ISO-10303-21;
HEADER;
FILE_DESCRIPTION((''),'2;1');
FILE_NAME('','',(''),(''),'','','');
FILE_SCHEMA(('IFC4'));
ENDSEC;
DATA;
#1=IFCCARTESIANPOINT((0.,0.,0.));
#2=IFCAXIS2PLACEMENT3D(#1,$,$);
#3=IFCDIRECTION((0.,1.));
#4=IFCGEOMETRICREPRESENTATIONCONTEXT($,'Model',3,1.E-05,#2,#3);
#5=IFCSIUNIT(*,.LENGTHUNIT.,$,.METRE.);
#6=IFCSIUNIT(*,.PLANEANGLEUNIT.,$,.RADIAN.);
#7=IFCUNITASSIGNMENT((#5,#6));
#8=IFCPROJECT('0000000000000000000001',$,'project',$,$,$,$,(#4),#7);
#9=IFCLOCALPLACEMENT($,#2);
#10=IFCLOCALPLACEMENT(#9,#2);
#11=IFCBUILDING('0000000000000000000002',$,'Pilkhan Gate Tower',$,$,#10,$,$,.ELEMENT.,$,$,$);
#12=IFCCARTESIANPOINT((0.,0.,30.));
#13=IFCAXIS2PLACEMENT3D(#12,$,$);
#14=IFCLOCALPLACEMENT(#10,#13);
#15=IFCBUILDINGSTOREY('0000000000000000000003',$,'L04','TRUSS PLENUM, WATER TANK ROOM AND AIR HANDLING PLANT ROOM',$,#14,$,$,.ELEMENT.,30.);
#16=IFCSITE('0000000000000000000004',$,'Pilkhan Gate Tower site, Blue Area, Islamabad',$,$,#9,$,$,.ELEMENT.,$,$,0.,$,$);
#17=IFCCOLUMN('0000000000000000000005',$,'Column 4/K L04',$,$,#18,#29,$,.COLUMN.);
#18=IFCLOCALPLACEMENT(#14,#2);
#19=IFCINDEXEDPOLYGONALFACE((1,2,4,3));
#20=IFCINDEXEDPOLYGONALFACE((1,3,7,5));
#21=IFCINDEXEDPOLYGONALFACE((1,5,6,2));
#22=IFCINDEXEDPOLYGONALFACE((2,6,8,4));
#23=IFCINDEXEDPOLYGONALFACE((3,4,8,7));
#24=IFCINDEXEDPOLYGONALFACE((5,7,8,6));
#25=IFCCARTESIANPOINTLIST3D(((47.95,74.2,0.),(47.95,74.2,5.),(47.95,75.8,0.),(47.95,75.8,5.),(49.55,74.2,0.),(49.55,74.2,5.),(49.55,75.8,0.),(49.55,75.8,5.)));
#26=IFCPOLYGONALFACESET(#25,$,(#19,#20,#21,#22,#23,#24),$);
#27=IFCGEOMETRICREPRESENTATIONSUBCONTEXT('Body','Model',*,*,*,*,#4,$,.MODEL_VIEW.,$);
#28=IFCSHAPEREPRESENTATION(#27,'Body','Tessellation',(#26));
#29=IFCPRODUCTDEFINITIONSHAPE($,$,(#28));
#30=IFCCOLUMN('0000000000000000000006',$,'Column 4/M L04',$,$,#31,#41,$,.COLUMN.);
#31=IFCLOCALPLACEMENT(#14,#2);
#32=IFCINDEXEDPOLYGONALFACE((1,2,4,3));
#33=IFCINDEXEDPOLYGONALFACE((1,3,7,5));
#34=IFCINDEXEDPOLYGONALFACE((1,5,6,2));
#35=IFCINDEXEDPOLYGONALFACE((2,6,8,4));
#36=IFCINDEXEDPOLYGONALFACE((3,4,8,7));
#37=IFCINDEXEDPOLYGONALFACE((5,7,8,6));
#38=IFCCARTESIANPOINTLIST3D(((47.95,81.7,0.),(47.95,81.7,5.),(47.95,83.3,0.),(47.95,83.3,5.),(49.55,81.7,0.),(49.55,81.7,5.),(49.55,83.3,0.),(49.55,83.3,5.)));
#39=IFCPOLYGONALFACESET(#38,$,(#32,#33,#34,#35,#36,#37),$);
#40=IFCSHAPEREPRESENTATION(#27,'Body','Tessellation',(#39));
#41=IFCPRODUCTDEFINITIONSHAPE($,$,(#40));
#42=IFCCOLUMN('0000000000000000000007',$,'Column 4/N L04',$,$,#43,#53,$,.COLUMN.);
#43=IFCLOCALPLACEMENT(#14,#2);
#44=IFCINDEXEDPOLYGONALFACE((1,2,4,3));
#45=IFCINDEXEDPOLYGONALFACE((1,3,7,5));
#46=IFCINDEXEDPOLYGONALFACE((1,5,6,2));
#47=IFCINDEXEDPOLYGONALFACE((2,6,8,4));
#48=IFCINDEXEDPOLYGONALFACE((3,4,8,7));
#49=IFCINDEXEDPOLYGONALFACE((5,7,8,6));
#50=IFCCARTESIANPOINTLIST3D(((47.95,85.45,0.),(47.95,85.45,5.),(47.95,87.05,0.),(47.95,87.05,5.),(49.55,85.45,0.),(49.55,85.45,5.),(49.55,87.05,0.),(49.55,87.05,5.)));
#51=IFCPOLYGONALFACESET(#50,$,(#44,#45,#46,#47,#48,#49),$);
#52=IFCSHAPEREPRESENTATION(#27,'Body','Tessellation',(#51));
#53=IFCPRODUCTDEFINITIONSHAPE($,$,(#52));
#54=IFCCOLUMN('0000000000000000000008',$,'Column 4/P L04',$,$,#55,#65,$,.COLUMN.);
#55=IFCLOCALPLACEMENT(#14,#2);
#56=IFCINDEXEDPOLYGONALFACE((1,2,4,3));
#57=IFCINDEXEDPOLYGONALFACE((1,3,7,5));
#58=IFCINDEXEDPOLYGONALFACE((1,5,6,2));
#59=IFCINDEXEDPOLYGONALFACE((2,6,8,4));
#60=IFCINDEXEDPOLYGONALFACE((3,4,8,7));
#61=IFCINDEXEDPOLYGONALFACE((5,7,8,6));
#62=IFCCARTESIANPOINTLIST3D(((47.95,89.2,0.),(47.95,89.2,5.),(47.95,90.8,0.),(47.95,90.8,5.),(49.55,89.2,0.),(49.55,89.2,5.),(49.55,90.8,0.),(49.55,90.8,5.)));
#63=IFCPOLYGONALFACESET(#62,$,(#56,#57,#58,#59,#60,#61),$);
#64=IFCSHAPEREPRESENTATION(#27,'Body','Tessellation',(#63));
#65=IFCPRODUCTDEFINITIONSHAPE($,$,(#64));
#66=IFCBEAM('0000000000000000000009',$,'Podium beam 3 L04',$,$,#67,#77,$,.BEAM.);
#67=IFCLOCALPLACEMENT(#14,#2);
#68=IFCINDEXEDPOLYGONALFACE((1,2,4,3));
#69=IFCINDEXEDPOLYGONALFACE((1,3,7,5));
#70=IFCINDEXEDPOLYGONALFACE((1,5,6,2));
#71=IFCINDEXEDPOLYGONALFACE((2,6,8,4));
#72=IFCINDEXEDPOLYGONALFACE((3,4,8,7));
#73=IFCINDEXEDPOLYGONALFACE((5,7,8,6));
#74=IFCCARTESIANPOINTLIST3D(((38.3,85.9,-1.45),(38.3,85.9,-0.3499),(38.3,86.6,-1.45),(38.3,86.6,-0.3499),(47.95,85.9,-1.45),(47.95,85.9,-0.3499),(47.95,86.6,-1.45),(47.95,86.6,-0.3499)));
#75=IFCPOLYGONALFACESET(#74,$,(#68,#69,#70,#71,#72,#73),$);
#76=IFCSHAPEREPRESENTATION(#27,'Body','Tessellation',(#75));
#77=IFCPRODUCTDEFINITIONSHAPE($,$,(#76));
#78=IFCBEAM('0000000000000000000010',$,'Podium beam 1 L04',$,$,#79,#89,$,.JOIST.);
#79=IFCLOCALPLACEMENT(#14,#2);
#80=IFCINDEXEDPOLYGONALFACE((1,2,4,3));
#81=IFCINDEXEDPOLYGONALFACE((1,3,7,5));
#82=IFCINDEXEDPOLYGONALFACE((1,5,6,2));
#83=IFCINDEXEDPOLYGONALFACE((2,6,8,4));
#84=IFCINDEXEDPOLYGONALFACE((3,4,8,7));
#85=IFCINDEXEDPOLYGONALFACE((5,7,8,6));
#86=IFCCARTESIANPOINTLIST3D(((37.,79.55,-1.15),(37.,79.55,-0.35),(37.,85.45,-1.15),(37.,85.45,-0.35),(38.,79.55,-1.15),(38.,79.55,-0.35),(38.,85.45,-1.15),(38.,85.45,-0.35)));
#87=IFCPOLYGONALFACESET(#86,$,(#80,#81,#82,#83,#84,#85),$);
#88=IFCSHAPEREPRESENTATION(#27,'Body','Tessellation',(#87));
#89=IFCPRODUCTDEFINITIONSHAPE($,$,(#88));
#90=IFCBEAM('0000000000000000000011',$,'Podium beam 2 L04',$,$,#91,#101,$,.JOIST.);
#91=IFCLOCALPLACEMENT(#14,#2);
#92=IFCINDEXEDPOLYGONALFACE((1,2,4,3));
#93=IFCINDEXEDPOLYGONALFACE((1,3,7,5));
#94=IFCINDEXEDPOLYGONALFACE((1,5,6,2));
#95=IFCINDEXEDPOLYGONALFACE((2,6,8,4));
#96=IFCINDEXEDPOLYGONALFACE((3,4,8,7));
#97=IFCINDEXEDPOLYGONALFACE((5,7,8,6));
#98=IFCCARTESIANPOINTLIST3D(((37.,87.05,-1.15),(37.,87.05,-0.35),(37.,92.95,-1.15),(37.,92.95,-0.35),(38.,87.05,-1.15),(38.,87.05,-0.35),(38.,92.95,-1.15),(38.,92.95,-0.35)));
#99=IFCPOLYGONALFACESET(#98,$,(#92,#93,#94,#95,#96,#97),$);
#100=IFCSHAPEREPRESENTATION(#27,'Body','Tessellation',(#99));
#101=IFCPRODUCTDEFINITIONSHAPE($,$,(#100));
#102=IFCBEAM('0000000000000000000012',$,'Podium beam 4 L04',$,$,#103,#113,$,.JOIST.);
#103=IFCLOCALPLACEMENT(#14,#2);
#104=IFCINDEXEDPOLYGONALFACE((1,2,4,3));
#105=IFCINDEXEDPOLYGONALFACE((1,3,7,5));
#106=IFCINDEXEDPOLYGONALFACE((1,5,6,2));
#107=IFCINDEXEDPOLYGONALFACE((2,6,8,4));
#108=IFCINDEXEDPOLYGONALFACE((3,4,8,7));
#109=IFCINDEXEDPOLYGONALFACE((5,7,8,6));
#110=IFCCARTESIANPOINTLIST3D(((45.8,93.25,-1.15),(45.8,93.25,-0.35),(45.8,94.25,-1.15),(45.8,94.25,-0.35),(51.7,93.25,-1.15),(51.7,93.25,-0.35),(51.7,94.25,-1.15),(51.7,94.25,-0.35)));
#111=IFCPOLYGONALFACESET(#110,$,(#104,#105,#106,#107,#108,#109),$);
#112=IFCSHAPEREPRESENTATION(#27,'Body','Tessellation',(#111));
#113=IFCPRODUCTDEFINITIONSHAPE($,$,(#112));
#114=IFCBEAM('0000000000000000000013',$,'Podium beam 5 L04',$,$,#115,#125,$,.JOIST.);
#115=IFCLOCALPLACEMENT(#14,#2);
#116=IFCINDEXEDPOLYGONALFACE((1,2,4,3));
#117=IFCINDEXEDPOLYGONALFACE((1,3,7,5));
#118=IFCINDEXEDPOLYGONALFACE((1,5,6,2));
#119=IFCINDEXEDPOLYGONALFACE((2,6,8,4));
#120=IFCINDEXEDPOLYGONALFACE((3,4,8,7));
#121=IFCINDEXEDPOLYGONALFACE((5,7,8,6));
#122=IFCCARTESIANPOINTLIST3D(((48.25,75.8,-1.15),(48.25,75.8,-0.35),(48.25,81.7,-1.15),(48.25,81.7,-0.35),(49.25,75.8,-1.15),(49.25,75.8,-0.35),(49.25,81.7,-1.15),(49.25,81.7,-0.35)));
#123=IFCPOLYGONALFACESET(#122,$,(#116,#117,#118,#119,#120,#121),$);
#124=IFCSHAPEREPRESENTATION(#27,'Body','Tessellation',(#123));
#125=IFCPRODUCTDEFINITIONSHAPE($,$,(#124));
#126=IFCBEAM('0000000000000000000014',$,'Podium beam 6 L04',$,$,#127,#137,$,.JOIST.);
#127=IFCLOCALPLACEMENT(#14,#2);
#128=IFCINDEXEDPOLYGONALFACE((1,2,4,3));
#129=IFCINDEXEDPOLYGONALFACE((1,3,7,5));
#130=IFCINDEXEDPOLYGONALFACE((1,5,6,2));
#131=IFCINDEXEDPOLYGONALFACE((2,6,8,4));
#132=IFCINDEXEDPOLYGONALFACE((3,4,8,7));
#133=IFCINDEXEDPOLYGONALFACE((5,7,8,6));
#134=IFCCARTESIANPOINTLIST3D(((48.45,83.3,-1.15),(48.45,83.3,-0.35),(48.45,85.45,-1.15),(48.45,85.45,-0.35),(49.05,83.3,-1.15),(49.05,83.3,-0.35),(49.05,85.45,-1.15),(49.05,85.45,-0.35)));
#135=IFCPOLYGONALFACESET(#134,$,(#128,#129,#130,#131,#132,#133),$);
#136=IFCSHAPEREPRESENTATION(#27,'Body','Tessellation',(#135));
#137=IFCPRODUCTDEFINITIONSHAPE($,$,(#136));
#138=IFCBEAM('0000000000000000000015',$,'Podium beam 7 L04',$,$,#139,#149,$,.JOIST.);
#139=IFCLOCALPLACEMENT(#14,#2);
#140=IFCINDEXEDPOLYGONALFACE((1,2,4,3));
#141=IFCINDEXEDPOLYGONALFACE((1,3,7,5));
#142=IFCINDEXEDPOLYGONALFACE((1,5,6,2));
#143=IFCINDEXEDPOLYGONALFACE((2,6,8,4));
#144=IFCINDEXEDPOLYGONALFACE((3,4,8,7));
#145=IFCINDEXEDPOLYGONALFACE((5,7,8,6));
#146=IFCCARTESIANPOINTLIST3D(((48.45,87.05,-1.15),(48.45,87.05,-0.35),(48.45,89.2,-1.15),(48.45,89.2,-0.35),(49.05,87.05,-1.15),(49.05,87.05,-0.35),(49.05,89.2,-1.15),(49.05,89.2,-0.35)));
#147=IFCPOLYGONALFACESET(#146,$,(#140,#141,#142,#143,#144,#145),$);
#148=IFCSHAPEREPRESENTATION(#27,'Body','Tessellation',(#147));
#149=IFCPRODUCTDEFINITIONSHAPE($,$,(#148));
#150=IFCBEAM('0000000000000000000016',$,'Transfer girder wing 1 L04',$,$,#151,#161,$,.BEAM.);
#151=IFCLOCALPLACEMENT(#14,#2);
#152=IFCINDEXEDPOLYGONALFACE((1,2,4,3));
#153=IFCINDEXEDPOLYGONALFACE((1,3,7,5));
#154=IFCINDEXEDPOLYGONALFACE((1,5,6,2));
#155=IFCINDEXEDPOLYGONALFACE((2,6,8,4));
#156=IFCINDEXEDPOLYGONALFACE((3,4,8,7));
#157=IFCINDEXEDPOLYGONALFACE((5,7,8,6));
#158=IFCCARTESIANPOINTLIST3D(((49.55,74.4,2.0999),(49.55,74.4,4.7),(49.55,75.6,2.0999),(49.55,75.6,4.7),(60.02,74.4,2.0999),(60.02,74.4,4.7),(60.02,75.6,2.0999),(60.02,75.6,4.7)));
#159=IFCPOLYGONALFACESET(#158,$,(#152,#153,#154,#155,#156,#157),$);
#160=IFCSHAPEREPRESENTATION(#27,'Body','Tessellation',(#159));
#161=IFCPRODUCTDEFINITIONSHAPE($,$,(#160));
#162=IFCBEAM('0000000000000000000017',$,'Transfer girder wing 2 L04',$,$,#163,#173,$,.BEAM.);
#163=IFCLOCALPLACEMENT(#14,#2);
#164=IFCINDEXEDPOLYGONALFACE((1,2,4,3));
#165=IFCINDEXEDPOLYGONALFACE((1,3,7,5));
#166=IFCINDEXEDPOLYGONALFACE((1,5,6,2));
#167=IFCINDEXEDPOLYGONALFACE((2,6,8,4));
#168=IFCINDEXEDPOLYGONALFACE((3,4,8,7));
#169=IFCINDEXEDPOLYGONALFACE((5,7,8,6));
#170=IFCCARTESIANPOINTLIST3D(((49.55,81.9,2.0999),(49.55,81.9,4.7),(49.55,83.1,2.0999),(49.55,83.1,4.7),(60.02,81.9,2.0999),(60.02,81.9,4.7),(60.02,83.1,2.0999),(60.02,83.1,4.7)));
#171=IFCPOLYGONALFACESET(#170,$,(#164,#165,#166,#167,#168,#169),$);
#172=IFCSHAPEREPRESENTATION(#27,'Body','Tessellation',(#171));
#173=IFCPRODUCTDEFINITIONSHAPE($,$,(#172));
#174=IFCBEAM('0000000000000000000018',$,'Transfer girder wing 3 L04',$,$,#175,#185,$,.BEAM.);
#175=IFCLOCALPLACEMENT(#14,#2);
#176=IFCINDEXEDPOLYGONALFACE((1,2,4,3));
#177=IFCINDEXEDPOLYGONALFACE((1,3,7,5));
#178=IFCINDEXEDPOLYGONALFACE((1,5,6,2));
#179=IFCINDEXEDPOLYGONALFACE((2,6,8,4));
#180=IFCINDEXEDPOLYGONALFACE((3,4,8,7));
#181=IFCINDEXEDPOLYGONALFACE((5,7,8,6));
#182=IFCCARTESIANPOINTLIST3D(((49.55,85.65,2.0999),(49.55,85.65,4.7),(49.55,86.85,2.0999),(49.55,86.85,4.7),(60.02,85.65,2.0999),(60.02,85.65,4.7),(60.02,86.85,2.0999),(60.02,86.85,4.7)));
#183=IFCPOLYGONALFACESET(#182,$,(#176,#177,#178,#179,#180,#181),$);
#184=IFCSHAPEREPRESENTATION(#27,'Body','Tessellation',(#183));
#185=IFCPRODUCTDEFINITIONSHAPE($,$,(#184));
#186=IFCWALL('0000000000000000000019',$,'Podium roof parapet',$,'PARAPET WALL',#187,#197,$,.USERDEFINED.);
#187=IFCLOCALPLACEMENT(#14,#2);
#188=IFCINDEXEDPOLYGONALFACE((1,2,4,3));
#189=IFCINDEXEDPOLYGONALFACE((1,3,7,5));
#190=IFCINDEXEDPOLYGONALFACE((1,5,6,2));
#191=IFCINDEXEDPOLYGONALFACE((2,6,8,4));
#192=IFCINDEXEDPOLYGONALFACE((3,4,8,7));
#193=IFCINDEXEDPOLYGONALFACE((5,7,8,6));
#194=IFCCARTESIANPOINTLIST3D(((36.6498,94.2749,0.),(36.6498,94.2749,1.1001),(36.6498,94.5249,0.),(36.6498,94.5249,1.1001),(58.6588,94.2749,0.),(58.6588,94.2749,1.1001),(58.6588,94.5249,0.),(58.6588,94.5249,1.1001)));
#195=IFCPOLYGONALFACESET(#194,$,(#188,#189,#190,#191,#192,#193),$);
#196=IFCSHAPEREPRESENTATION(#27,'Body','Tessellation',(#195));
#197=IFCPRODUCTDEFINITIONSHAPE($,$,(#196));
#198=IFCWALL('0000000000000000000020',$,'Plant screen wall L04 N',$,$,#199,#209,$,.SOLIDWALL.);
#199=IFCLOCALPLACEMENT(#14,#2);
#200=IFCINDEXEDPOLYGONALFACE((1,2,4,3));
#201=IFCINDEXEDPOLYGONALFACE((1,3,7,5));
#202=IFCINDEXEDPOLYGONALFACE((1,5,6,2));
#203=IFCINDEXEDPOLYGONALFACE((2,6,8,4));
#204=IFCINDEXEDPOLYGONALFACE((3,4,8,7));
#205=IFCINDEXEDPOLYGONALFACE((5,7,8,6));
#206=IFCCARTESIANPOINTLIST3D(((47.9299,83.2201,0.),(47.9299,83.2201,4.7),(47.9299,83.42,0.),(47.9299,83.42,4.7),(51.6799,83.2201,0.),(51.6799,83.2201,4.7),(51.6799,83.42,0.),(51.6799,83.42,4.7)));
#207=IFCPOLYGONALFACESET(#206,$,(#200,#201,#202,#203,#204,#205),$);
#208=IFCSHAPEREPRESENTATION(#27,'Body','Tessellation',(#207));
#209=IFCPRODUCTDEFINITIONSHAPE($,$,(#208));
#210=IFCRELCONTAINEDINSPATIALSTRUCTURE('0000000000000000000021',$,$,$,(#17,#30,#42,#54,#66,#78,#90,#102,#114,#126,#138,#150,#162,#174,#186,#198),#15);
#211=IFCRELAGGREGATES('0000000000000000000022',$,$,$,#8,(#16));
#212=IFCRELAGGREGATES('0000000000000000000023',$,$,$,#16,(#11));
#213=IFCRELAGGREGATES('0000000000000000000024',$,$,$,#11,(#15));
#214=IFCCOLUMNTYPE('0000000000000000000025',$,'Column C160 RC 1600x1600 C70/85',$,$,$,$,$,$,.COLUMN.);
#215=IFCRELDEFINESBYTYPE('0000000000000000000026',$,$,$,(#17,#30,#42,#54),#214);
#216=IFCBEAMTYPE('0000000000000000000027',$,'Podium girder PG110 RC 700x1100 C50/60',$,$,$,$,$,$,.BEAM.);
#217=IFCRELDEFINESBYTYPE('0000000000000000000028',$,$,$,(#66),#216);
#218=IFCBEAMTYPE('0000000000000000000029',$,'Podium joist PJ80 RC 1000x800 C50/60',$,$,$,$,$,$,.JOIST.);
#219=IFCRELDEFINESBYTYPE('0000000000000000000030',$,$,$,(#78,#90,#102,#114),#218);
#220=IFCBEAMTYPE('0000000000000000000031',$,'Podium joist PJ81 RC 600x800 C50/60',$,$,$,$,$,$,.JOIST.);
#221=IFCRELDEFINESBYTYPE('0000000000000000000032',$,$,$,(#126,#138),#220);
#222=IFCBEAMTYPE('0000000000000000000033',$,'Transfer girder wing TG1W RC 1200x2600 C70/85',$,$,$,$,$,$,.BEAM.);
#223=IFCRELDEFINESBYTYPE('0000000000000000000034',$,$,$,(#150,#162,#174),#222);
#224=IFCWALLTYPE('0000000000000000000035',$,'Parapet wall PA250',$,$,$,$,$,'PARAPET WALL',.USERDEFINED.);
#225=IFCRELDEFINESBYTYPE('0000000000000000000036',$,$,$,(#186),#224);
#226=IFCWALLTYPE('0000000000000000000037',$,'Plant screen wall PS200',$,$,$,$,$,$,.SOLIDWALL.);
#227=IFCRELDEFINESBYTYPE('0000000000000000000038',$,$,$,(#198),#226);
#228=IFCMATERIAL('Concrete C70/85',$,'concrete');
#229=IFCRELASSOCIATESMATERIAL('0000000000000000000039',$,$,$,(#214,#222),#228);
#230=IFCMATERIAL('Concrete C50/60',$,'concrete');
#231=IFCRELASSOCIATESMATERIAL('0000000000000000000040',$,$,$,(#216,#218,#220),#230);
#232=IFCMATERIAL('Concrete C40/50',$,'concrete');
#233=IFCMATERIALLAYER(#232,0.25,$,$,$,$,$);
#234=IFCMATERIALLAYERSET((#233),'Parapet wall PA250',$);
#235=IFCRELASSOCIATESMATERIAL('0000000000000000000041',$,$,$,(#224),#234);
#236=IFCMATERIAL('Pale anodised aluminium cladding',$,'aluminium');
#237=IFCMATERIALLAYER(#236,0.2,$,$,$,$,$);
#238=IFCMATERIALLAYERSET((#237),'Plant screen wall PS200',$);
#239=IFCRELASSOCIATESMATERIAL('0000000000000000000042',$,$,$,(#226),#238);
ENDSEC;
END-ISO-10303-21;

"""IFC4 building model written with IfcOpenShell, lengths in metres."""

from ifc_helpers import new_model, si_unit, direction, frame, frame_2d, origin, origin_2d, place, context, subcontext, project, spatial, rectangle, extrude, material, layer, layer_set, material_profile, profile_set, type_object, element, save


model = new_model("IFC4")

# Units and contexts
model_context = context("Model", 3, precision=1e-05, world=origin(), true_north=direction((0.0, 1.0)))
body_context = subcontext(model_context, "Body", "Model", "MODEL_VIEW")
ifc_project = project(units=[si_unit("LENGTHUNIT", "METRE"), si_unit("PLANEANGLEUNIT", "RADIAN")], contexts=[model_context])

# Site, building, storey
site_placement = place(None, origin())
site = spatial("IfcSite", under=ifc_project, at=site_placement, Name="Pilkhan Gate Tower site, Blue Area, Islamabad", CompositionType="ELEMENT", RefElevation=0.0)
building_placement = place(site_placement, origin())
building = spatial("IfcBuilding", under=site, at=building_placement, Name="Pilkhan Gate Tower", CompositionType="ELEMENT")
storey_placement = place(building_placement, frame((0.0, 0.0, 30.0)))
storey = spatial("IfcBuildingStorey", under=building, at=storey_placement, Name="L04", Description="TRUSS PLENUM, WATER TANK ROOM AND AIR HANDLING PLANT ROOM", CompositionType="ELEMENT", Elevation=30.0)

# Columns
ifc_material_1 = material(Name="Concrete C70/85", Category="concrete")
ifc_material_profile_1 = material_profile(ifc_material_1, rectangle(XDim=1.6001, YDim=1.6001, at=origin_2d()), Name="RC 1600x1600")
ifc_profile_set_1 = profile_set([ifc_material_profile_1], Name="Concrete C70/85")
column_type = type_object("IfcColumnType", Name="Column C160 RC 1600x1600 C70/85", PredefinedType="COLUMN", material=ifc_profile_set_1)
for number, where, z_axis, x_axis, name in (
    (1, (48.75, 75.0, 0.0), (0.0, 0.0, 1.0), (1.0, 0.0, 0.0), "Column 4/K L04"),
    (2, (48.75, 82.5, 0.0), (0.0, 0.0, 1.0), (1.0, 0.0, 0.0), "Column 4/M L04"),
    (3, (48.75, 86.25, 0.0), (0.0, 0.0, 1.0), (1.0, 0.0, 0.0), "Column 4/N L04"),
    (4, (48.75, 90.0, 0.0), (0.0, 0.0, 1.0), (1.0, 0.0, 0.0), "Column 4/P L04"),
):
    element("IfcColumn", number, at=place(storey_placement, frame(where, z_axis=z_axis, x_axis=x_axis)), inside=storey, type_object=column_type, Name=name, PredefinedType="COLUMN", context=body_context, shape_type="SweptSolid", body=[
        extrude(rectangle(XDim=1.6001, YDim=1.6001, at=origin_2d()), origin(), (0.0, 0.0, 1.0), 5.0),
    ])

# Beams
ifc_material_2 = material(Name="Concrete C50/60", Category="concrete")
ifc_material_profile_2 = material_profile(ifc_material_2, rectangle(XDim=0.7, YDim=1.1001, at=origin_2d()), Name="RC 700x1100")
ifc_profile_set_2 = profile_set([ifc_material_profile_2], Name="Concrete C50/60")
beam_type_1 = type_object("IfcBeamType", Name="Podium girder PG110 RC 700x1100 C50/60", PredefinedType="BEAM", material=ifc_profile_set_2)
beam_placement = place(storey_placement, frame((38.3, 86.25, -0.8999), z_axis=(1.0, 0.0, 0.0), x_axis=(0.0, 1.0, 0.0)))
element("IfcBeam", 5, at=beam_placement, inside=storey, type_object=beam_type_1, Name="Podium beam 3 L04", PredefinedType="BEAM", context=body_context, shape_type="SweptSolid", body=[
    extrude(rectangle(XDim=0.7, YDim=1.1001, at=origin_2d()), origin(), (0.0, 0.0, 1.0), 9.6499),
])
ifc_material_profile_3 = material_profile(ifc_material_2, rectangle(XDim=1.0, YDim=0.8, at=origin_2d()), Name="RC 1000x800")
ifc_profile_set_3 = profile_set([ifc_material_profile_3], Name="Concrete C50/60")
beam_type_2 = type_object("IfcBeamType", Name="Podium joist PJ80 RC 1000x800 C50/60", PredefinedType="JOIST", material=ifc_profile_set_3)
for number, where, z_axis, x_axis, name in (
    (6, (37.5, 79.55, -0.75), (0.0, 1.0, 0.0), (-1.0, 0.0, 0.0), "Podium beam 1 L04"),
    (7, (37.5, 87.05, -0.75), (0.0, 1.0, 0.0), (-1.0, 0.0, 0.0), "Podium beam 2 L04"),
    (8, (45.8, 93.75, -0.75), (1.0, 0.0, 0.0), (0.0, 1.0, 0.0), "Podium beam 4 L04"),
    (9, (48.75, 75.8, -0.75), (0.0, 1.0, 0.0), (-1.0, 0.0, 0.0), "Podium beam 5 L04"),
):
    element("IfcBeam", number, at=place(storey_placement, frame(where, z_axis=z_axis, x_axis=x_axis)), inside=storey, type_object=beam_type_2, Name=name, PredefinedType="JOIST", context=body_context, shape_type="SweptSolid", body=[
        extrude(rectangle(XDim=1.0, YDim=0.8, at=origin_2d()), origin(), (0.0, 0.0, 1.0), 5.8999),
    ])
ifc_material_profile_4 = material_profile(ifc_material_2, rectangle(XDim=0.6001, YDim=0.8, at=origin_2d()), Name="RC 600x800")
ifc_profile_set_4 = profile_set([ifc_material_profile_4], Name="Concrete C50/60")
beam_type_3 = type_object("IfcBeamType", Name="Podium joist PJ81 RC 600x800 C50/60", PredefinedType="JOIST", material=ifc_profile_set_4)
for number, where, z_axis, x_axis, name in (
    (10, (48.75, 83.3, -0.75), (0.0, 1.0, 0.0), (-1.0, 0.0, 0.0), "Podium beam 6 L04"),
    (11, (48.75, 87.05, -0.75), (0.0, 1.0, 0.0), (-1.0, 0.0, 0.0), "Podium beam 7 L04"),
):
    element("IfcBeam", number, at=place(storey_placement, frame(where, z_axis=z_axis, x_axis=x_axis)), inside=storey, type_object=beam_type_3, Name=name, PredefinedType="JOIST", context=body_context, shape_type="SweptSolid", body=[
        extrude(rectangle(XDim=0.6001, YDim=0.8, at=origin_2d()), origin(), (0.0, 0.0, 1.0), 2.1499),
    ])
ifc_material_profile_5 = material_profile(ifc_material_1, rectangle(XDim=1.2, YDim=2.6001, at=origin_2d()), Name="RC 1200x2600")
ifc_profile_set_5 = profile_set([ifc_material_profile_5], Name="Concrete C70/85")
beam_type_4 = type_object("IfcBeamType", Name="Transfer girder wing TG1W RC 1200x2600 C70/85", PredefinedType="BEAM", material=ifc_profile_set_5)
for number, where, z_axis, x_axis, name in (
    (12, (49.55, 75.0, 3.3999), (1.0, 0.0, 0.0), (0.0, 1.0, 0.0), "Transfer girder wing 1 L04"),
    (13, (49.55, 82.5, 3.3999), (1.0, 0.0, 0.0), (0.0, 1.0, 0.0), "Transfer girder wing 2 L04"),
    (14, (49.55, 86.25, 3.3999), (1.0, 0.0, 0.0), (0.0, 1.0, 0.0), "Transfer girder wing 3 L04"),
):
    element("IfcBeam", number, at=place(storey_placement, frame(where, z_axis=z_axis, x_axis=x_axis)), inside=storey, type_object=beam_type_4, Name=name, PredefinedType="BEAM", context=body_context, shape_type="SweptSolid", body=[
        extrude(rectangle(XDim=1.2, YDim=2.6001, at=origin_2d()), origin(), (0.0, 0.0, 1.0), 10.47),
    ])

# Walls
ifc_material_3 = material(Name="Concrete C40/50", Category="concrete")
ifc_layer_1 = layer(ifc_material_3, 0.25)
ifc_layer_set_1 = layer_set([ifc_layer_1], Name="Parapet wall PA250")
wall_type_1 = type_object("IfcWallType", Name="Parapet wall PA250", ElementType="PARAPET WALL", PredefinedType="USERDEFINED", material=ifc_layer_set_1)
wall_1_placement = place(storey_placement, frame((36.6499, 94.3999, 0.0), z_axis=(0.0, 0.0, 1.0), x_axis=(1.0, 0.0, 0.0)))
element("IfcWall", 15, at=wall_1_placement, inside=storey, type_object=wall_type_1, Name="Podium roof parapet", ObjectType="PARAPET WALL", PredefinedType="USERDEFINED", context=body_context, shape_type="SweptSolid", body=[
    extrude(rectangle(XDim=22.009, YDim=0.25, at=frame_2d((11.0044, 0.0))), origin(), (0.0, 0.0, 1.0), 1.1001),
])
ifc_material_4 = material(Name="Pale anodised aluminium cladding", Category="aluminium")
ifc_layer_2 = layer(ifc_material_4, 0.2)
ifc_layer_set_2 = layer_set([ifc_layer_2], Name="Plant screen wall PS200")
wall_type_2 = type_object("IfcWallType", Name="Plant screen wall PS200", PredefinedType="SOLIDWALL", material=ifc_layer_set_2)
wall_2_placement = place(storey_placement, frame((47.9299, 83.3201, 0.0), z_axis=(0.0, 0.0, 1.0), x_axis=(1.0, 0.0, 0.0)))
element("IfcWall", 16, at=wall_2_placement, inside=storey, type_object=wall_type_2, Name="Plant screen wall L04 N", PredefinedType="SOLIDWALL", context=body_context, shape_type="SweptSolid", body=[
    extrude(rectangle(XDim=3.75, YDim=0.2, at=frame_2d((1.875, 0.0))), origin(), (0.0, 0.0, 1.0), 4.7),
])

save(model, "model.ifc")
